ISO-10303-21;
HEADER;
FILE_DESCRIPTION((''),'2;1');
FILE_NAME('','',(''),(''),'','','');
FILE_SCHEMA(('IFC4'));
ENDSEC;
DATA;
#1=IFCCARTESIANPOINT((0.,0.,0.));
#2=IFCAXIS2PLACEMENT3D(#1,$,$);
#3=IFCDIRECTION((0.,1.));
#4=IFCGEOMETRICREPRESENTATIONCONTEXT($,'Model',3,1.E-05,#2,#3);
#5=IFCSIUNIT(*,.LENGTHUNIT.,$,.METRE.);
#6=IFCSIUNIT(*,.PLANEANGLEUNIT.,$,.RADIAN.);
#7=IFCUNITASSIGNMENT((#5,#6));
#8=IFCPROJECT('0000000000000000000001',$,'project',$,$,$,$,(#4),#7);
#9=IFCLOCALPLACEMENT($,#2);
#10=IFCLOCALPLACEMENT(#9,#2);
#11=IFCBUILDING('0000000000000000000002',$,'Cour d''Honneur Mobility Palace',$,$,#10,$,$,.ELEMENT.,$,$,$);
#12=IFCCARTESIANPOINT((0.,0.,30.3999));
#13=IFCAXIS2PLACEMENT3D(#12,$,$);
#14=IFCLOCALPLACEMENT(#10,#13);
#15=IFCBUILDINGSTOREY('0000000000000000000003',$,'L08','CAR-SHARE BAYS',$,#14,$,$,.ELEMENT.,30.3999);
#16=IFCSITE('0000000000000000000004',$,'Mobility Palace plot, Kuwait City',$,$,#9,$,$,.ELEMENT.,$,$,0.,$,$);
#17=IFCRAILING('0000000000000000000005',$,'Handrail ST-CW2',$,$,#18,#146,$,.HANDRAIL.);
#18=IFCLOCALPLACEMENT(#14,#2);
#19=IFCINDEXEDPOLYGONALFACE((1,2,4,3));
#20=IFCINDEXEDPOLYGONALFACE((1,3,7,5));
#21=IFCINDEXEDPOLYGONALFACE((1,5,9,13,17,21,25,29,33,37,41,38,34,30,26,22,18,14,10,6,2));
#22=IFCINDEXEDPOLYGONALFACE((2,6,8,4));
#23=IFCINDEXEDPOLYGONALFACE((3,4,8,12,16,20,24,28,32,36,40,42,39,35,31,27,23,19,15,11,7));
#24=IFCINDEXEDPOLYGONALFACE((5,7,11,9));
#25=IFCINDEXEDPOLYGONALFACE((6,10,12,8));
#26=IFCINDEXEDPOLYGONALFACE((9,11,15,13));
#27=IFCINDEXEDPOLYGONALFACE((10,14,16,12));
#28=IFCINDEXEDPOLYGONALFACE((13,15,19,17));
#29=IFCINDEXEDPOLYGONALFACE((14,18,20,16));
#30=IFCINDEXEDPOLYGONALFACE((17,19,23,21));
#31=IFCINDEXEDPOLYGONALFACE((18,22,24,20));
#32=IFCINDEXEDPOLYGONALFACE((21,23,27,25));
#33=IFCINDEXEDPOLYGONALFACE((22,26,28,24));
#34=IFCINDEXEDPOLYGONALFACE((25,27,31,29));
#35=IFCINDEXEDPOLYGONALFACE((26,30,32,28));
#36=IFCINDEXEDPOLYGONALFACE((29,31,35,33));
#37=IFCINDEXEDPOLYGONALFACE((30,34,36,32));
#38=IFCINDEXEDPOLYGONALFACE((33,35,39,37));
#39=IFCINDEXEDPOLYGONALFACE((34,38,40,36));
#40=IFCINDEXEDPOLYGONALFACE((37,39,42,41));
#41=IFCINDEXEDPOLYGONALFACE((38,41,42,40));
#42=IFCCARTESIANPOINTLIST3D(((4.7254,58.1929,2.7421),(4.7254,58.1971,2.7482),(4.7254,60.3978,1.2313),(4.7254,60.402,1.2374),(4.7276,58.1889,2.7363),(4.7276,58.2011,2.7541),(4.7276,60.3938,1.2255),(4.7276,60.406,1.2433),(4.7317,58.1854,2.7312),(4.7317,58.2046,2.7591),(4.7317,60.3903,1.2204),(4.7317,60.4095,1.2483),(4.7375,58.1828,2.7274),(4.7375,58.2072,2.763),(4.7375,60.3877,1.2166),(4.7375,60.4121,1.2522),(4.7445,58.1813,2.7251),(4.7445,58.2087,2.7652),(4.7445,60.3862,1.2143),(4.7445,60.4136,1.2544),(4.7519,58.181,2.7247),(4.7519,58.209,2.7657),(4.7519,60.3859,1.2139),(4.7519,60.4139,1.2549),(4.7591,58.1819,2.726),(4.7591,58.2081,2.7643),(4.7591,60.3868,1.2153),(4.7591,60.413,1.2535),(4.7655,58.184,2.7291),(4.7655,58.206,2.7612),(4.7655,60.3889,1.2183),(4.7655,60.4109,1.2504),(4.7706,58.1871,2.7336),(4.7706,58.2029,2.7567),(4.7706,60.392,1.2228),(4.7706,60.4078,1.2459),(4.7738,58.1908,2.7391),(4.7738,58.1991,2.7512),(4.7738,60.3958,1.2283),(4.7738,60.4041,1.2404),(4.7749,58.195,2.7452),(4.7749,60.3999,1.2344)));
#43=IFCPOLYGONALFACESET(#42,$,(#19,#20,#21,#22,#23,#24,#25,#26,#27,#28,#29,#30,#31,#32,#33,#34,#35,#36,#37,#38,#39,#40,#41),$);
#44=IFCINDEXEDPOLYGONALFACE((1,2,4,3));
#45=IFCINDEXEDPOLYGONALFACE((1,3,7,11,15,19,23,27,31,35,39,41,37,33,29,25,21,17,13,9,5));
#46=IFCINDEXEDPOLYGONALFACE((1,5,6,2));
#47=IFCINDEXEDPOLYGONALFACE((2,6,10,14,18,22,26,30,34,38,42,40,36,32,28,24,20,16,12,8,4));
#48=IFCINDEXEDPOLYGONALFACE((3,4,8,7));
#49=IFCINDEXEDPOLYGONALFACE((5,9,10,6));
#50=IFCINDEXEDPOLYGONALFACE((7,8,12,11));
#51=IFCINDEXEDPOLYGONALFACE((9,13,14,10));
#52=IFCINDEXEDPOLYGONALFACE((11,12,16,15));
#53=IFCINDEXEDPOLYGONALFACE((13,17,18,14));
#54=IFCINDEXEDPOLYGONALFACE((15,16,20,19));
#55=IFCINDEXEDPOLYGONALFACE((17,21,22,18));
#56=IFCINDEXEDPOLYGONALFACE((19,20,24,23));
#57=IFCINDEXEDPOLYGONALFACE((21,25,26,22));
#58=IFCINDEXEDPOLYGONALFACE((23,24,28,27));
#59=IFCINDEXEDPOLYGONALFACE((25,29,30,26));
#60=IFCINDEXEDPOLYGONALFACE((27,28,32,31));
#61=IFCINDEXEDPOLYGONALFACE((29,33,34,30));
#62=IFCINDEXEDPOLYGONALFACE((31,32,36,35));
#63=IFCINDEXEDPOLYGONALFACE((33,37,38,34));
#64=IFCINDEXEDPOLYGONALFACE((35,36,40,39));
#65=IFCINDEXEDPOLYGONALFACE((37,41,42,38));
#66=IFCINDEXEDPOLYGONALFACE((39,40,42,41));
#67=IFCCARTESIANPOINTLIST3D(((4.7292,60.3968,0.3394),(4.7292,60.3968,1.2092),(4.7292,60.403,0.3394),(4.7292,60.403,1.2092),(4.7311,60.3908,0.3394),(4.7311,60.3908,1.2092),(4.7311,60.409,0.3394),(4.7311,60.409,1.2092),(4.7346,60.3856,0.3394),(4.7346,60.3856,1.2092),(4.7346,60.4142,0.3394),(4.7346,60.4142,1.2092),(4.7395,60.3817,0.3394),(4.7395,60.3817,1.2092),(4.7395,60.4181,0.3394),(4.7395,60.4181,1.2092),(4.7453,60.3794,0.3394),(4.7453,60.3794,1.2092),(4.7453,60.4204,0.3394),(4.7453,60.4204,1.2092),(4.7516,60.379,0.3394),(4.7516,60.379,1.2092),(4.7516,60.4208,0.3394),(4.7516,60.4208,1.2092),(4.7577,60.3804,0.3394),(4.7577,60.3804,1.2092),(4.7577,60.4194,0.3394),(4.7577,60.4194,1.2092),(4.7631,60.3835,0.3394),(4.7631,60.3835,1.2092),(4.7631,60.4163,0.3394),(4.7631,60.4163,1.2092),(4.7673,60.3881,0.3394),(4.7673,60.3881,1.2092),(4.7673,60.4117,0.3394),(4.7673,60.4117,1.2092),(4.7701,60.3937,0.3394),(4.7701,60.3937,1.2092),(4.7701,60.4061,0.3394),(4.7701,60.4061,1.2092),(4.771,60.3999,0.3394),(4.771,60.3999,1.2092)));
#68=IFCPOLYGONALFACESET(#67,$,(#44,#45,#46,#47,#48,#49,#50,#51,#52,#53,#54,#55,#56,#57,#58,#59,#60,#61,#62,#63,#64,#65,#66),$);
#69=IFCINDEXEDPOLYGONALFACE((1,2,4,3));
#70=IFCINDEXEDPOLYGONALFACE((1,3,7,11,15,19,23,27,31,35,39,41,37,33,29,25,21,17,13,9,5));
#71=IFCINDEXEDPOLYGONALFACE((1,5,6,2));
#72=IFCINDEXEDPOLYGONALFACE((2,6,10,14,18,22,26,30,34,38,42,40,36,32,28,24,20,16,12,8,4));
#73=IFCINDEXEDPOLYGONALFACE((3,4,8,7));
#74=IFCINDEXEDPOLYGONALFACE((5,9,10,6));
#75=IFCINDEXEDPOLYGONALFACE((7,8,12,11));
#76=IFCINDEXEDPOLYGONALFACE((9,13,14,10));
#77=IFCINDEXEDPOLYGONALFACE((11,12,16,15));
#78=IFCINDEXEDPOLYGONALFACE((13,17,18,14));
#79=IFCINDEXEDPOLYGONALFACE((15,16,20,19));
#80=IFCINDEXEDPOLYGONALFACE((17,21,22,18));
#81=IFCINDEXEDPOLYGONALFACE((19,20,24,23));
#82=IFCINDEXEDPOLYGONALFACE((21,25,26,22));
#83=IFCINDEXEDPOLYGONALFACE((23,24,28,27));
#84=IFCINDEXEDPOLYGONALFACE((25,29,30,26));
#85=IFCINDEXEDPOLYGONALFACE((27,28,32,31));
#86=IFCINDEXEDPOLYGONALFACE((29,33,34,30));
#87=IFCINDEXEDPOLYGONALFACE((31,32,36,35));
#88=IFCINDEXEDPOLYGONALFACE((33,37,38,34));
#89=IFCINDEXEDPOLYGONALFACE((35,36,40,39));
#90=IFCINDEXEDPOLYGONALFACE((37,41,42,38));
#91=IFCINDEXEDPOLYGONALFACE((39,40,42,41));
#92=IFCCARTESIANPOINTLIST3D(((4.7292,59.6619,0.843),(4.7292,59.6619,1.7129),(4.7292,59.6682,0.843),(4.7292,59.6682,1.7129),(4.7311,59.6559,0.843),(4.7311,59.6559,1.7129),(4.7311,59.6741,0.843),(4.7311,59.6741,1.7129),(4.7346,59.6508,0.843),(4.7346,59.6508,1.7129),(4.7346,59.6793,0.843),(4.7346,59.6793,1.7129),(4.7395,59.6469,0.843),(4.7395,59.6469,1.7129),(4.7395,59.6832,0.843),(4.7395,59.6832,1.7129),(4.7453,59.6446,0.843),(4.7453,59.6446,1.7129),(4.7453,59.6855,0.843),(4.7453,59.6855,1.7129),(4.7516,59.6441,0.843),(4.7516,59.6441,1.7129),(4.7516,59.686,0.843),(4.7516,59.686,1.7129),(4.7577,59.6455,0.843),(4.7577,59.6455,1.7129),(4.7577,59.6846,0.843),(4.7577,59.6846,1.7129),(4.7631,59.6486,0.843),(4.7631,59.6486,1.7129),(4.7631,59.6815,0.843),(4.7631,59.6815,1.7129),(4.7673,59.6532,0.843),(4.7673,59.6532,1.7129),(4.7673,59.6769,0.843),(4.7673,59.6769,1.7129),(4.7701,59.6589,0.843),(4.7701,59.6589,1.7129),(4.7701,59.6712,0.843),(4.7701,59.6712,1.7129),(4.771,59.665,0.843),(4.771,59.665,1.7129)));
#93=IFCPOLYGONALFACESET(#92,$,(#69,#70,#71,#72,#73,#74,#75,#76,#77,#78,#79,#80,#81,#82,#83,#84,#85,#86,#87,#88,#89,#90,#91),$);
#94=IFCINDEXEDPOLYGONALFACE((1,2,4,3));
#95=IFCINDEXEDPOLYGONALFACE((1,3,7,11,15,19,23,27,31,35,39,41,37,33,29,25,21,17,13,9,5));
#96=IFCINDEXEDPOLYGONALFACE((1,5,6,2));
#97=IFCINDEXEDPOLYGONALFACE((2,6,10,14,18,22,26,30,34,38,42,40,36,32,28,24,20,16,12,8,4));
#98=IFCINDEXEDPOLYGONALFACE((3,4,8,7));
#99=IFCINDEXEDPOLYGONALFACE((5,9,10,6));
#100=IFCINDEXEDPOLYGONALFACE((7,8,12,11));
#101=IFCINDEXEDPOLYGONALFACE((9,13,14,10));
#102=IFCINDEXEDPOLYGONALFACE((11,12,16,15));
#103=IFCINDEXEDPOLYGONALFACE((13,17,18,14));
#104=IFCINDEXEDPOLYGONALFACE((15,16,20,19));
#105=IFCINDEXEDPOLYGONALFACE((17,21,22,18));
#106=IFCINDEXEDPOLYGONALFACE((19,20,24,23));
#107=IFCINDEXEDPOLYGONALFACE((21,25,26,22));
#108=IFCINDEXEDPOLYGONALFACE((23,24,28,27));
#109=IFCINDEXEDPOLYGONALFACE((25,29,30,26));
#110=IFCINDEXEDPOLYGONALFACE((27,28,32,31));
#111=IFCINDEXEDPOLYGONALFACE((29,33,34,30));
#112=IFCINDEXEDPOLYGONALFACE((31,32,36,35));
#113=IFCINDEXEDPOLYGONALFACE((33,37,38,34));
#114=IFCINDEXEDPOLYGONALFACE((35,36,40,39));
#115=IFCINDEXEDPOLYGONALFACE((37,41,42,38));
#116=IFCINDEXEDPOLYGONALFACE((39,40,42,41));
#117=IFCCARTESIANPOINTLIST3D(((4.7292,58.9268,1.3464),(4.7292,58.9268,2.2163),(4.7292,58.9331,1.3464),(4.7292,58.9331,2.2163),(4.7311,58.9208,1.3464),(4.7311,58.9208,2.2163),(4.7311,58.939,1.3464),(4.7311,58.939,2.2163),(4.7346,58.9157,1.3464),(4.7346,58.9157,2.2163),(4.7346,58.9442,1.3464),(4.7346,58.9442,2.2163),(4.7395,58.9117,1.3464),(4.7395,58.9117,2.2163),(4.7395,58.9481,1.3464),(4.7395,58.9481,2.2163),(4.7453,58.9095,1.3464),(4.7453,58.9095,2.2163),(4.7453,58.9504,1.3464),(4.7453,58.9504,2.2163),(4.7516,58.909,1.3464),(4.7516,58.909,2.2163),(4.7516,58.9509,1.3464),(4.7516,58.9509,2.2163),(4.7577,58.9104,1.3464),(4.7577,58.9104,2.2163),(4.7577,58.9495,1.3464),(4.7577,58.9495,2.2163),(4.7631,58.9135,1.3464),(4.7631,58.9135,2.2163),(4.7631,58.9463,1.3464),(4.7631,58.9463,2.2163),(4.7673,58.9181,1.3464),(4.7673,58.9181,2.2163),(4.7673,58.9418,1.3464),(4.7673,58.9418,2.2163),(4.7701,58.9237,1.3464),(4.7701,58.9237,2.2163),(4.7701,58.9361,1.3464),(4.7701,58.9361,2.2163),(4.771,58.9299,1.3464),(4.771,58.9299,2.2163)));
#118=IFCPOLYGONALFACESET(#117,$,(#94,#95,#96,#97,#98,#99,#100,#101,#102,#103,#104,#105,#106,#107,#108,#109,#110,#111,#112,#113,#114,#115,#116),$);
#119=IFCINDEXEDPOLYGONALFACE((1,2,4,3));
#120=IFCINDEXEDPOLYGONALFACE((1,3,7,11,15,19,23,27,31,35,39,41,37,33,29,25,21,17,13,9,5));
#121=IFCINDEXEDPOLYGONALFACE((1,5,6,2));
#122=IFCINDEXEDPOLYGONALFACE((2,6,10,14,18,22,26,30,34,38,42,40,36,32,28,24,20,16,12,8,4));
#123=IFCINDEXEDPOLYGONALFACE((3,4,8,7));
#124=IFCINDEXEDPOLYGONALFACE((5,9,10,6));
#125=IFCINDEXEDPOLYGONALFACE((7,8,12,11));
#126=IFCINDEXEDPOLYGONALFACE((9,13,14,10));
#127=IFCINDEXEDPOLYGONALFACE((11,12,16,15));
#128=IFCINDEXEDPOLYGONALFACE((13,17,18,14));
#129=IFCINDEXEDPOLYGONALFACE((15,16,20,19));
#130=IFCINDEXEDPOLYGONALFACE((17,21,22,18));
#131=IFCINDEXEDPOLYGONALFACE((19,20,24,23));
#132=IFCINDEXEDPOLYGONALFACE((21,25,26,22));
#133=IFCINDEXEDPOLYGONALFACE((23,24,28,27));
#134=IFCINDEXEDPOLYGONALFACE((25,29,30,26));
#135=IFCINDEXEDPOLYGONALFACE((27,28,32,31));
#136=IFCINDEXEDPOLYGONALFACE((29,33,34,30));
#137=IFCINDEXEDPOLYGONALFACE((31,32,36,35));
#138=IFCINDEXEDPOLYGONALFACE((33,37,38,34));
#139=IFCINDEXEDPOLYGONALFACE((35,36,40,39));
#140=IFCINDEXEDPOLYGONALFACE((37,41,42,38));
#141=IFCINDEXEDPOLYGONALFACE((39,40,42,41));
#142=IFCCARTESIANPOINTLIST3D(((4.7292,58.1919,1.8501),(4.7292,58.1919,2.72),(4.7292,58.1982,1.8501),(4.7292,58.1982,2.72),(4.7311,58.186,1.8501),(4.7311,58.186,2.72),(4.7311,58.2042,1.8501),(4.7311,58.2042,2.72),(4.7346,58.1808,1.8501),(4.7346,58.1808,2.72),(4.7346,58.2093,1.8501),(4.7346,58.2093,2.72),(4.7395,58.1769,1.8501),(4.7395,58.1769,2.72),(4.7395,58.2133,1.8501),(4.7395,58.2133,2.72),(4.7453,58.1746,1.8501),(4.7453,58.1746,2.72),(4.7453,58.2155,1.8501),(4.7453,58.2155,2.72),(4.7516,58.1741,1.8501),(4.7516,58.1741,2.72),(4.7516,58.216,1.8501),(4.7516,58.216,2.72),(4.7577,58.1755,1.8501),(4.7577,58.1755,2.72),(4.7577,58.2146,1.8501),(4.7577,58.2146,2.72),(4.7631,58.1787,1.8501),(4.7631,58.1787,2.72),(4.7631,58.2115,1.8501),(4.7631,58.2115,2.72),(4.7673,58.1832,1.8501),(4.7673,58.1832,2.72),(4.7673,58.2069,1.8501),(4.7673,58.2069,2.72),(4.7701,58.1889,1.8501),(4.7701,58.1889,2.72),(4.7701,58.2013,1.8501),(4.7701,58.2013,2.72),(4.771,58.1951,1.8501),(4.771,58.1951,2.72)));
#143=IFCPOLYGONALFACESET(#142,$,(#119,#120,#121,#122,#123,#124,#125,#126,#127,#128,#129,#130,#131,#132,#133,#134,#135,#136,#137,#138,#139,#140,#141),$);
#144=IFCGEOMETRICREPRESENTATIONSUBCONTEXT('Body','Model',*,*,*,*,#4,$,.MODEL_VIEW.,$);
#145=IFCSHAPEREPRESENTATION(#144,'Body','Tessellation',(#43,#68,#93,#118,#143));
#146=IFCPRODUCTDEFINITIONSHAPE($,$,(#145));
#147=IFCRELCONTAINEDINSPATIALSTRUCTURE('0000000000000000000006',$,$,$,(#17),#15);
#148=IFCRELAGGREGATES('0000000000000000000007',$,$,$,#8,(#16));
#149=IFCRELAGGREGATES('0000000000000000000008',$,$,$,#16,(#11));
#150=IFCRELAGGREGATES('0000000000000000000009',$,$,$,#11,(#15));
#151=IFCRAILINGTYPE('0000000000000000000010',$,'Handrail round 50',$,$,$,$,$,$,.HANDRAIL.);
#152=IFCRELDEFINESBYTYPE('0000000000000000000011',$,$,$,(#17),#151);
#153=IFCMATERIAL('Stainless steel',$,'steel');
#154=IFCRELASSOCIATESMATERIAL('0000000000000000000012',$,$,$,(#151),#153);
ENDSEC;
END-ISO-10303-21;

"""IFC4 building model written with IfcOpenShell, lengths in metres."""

from ifc_helpers import new_model, si_unit, direction, frame, origin, origin_2d, place, context, subcontext, project, spatial, circle, extrude, material, type_object, element, save


model = new_model("IFC4")

# Units and contexts
model_context = context("Model", 3, precision=1e-05, world=origin(), true_north=direction((0.0, 1.0)))
body_context = subcontext(model_context, "Body", "Model", "MODEL_VIEW")
ifc_project = project(units=[si_unit("LENGTHUNIT", "METRE"), si_unit("PLANEANGLEUNIT", "RADIAN")], contexts=[model_context])

# Site, building, storey
site_placement = place(None, origin())
site = spatial("IfcSite", under=ifc_project, at=site_placement, Name="Mobility Palace plot, Kuwait City", CompositionType="ELEMENT", RefElevation=0.0)
building_placement = place(site_placement, origin())
building = spatial("IfcBuilding", under=site, at=building_placement, Name="Cour d'Honneur Mobility Palace", CompositionType="ELEMENT")
storey_placement = place(building_placement, frame((0.0, 0.0, 30.3999)))
storey = spatial("IfcBuildingStorey", under=building, at=storey_placement, Name="L08", Description="CAR-SHARE BAYS", CompositionType="ELEMENT", Elevation=30.3999)

# Railing
ifc_material_1 = material(Name="Stainless steel", Category="steel")
railing_type_1 = type_object("IfcRailingType", Name="Handrail round 50", PredefinedType="HANDRAIL", material=ifc_material_1)
railing_1_placement = place(storey_placement, frame((4.75, 60.3999, 0.3394)))
element("IfcRailing", 1, at=railing_1_placement, inside=storey, type_object=railing_type_1, Name="Handrail ST-CW2", PredefinedType="HANDRAIL", context=body_context, shape_type="SweptSolid", body=[
    extrude(circle(Radius=0.0249, at=origin_2d()), frame((0.0, 0.0, 0.895), z_axis=(0.0, -0.824928, 0.565237), x_axis=(1.0, 0.0, 0.0)), (0.0, 0.0, 1.0), 2.6729),
    extrude(circle(Radius=0.021, at=origin_2d()), origin(), (0.0, 0.0, 1.0), 0.8699),
    extrude(circle(Radius=0.021, at=origin_2d()), frame((0.0, -0.7349, 0.5037)), (0.0, 0.0, 1.0), 0.8699),
    extrude(circle(Radius=0.021, at=origin_2d()), frame((0.0, -1.47, 1.0071)), (0.0, 0.0, 1.0), 0.8699),
    extrude(circle(Radius=0.021, at=origin_2d()), frame((0.0, -2.2048, 1.5107)), (0.0, 0.0, 1.0), 0.8699),
])

save(model, "model.ifc")
